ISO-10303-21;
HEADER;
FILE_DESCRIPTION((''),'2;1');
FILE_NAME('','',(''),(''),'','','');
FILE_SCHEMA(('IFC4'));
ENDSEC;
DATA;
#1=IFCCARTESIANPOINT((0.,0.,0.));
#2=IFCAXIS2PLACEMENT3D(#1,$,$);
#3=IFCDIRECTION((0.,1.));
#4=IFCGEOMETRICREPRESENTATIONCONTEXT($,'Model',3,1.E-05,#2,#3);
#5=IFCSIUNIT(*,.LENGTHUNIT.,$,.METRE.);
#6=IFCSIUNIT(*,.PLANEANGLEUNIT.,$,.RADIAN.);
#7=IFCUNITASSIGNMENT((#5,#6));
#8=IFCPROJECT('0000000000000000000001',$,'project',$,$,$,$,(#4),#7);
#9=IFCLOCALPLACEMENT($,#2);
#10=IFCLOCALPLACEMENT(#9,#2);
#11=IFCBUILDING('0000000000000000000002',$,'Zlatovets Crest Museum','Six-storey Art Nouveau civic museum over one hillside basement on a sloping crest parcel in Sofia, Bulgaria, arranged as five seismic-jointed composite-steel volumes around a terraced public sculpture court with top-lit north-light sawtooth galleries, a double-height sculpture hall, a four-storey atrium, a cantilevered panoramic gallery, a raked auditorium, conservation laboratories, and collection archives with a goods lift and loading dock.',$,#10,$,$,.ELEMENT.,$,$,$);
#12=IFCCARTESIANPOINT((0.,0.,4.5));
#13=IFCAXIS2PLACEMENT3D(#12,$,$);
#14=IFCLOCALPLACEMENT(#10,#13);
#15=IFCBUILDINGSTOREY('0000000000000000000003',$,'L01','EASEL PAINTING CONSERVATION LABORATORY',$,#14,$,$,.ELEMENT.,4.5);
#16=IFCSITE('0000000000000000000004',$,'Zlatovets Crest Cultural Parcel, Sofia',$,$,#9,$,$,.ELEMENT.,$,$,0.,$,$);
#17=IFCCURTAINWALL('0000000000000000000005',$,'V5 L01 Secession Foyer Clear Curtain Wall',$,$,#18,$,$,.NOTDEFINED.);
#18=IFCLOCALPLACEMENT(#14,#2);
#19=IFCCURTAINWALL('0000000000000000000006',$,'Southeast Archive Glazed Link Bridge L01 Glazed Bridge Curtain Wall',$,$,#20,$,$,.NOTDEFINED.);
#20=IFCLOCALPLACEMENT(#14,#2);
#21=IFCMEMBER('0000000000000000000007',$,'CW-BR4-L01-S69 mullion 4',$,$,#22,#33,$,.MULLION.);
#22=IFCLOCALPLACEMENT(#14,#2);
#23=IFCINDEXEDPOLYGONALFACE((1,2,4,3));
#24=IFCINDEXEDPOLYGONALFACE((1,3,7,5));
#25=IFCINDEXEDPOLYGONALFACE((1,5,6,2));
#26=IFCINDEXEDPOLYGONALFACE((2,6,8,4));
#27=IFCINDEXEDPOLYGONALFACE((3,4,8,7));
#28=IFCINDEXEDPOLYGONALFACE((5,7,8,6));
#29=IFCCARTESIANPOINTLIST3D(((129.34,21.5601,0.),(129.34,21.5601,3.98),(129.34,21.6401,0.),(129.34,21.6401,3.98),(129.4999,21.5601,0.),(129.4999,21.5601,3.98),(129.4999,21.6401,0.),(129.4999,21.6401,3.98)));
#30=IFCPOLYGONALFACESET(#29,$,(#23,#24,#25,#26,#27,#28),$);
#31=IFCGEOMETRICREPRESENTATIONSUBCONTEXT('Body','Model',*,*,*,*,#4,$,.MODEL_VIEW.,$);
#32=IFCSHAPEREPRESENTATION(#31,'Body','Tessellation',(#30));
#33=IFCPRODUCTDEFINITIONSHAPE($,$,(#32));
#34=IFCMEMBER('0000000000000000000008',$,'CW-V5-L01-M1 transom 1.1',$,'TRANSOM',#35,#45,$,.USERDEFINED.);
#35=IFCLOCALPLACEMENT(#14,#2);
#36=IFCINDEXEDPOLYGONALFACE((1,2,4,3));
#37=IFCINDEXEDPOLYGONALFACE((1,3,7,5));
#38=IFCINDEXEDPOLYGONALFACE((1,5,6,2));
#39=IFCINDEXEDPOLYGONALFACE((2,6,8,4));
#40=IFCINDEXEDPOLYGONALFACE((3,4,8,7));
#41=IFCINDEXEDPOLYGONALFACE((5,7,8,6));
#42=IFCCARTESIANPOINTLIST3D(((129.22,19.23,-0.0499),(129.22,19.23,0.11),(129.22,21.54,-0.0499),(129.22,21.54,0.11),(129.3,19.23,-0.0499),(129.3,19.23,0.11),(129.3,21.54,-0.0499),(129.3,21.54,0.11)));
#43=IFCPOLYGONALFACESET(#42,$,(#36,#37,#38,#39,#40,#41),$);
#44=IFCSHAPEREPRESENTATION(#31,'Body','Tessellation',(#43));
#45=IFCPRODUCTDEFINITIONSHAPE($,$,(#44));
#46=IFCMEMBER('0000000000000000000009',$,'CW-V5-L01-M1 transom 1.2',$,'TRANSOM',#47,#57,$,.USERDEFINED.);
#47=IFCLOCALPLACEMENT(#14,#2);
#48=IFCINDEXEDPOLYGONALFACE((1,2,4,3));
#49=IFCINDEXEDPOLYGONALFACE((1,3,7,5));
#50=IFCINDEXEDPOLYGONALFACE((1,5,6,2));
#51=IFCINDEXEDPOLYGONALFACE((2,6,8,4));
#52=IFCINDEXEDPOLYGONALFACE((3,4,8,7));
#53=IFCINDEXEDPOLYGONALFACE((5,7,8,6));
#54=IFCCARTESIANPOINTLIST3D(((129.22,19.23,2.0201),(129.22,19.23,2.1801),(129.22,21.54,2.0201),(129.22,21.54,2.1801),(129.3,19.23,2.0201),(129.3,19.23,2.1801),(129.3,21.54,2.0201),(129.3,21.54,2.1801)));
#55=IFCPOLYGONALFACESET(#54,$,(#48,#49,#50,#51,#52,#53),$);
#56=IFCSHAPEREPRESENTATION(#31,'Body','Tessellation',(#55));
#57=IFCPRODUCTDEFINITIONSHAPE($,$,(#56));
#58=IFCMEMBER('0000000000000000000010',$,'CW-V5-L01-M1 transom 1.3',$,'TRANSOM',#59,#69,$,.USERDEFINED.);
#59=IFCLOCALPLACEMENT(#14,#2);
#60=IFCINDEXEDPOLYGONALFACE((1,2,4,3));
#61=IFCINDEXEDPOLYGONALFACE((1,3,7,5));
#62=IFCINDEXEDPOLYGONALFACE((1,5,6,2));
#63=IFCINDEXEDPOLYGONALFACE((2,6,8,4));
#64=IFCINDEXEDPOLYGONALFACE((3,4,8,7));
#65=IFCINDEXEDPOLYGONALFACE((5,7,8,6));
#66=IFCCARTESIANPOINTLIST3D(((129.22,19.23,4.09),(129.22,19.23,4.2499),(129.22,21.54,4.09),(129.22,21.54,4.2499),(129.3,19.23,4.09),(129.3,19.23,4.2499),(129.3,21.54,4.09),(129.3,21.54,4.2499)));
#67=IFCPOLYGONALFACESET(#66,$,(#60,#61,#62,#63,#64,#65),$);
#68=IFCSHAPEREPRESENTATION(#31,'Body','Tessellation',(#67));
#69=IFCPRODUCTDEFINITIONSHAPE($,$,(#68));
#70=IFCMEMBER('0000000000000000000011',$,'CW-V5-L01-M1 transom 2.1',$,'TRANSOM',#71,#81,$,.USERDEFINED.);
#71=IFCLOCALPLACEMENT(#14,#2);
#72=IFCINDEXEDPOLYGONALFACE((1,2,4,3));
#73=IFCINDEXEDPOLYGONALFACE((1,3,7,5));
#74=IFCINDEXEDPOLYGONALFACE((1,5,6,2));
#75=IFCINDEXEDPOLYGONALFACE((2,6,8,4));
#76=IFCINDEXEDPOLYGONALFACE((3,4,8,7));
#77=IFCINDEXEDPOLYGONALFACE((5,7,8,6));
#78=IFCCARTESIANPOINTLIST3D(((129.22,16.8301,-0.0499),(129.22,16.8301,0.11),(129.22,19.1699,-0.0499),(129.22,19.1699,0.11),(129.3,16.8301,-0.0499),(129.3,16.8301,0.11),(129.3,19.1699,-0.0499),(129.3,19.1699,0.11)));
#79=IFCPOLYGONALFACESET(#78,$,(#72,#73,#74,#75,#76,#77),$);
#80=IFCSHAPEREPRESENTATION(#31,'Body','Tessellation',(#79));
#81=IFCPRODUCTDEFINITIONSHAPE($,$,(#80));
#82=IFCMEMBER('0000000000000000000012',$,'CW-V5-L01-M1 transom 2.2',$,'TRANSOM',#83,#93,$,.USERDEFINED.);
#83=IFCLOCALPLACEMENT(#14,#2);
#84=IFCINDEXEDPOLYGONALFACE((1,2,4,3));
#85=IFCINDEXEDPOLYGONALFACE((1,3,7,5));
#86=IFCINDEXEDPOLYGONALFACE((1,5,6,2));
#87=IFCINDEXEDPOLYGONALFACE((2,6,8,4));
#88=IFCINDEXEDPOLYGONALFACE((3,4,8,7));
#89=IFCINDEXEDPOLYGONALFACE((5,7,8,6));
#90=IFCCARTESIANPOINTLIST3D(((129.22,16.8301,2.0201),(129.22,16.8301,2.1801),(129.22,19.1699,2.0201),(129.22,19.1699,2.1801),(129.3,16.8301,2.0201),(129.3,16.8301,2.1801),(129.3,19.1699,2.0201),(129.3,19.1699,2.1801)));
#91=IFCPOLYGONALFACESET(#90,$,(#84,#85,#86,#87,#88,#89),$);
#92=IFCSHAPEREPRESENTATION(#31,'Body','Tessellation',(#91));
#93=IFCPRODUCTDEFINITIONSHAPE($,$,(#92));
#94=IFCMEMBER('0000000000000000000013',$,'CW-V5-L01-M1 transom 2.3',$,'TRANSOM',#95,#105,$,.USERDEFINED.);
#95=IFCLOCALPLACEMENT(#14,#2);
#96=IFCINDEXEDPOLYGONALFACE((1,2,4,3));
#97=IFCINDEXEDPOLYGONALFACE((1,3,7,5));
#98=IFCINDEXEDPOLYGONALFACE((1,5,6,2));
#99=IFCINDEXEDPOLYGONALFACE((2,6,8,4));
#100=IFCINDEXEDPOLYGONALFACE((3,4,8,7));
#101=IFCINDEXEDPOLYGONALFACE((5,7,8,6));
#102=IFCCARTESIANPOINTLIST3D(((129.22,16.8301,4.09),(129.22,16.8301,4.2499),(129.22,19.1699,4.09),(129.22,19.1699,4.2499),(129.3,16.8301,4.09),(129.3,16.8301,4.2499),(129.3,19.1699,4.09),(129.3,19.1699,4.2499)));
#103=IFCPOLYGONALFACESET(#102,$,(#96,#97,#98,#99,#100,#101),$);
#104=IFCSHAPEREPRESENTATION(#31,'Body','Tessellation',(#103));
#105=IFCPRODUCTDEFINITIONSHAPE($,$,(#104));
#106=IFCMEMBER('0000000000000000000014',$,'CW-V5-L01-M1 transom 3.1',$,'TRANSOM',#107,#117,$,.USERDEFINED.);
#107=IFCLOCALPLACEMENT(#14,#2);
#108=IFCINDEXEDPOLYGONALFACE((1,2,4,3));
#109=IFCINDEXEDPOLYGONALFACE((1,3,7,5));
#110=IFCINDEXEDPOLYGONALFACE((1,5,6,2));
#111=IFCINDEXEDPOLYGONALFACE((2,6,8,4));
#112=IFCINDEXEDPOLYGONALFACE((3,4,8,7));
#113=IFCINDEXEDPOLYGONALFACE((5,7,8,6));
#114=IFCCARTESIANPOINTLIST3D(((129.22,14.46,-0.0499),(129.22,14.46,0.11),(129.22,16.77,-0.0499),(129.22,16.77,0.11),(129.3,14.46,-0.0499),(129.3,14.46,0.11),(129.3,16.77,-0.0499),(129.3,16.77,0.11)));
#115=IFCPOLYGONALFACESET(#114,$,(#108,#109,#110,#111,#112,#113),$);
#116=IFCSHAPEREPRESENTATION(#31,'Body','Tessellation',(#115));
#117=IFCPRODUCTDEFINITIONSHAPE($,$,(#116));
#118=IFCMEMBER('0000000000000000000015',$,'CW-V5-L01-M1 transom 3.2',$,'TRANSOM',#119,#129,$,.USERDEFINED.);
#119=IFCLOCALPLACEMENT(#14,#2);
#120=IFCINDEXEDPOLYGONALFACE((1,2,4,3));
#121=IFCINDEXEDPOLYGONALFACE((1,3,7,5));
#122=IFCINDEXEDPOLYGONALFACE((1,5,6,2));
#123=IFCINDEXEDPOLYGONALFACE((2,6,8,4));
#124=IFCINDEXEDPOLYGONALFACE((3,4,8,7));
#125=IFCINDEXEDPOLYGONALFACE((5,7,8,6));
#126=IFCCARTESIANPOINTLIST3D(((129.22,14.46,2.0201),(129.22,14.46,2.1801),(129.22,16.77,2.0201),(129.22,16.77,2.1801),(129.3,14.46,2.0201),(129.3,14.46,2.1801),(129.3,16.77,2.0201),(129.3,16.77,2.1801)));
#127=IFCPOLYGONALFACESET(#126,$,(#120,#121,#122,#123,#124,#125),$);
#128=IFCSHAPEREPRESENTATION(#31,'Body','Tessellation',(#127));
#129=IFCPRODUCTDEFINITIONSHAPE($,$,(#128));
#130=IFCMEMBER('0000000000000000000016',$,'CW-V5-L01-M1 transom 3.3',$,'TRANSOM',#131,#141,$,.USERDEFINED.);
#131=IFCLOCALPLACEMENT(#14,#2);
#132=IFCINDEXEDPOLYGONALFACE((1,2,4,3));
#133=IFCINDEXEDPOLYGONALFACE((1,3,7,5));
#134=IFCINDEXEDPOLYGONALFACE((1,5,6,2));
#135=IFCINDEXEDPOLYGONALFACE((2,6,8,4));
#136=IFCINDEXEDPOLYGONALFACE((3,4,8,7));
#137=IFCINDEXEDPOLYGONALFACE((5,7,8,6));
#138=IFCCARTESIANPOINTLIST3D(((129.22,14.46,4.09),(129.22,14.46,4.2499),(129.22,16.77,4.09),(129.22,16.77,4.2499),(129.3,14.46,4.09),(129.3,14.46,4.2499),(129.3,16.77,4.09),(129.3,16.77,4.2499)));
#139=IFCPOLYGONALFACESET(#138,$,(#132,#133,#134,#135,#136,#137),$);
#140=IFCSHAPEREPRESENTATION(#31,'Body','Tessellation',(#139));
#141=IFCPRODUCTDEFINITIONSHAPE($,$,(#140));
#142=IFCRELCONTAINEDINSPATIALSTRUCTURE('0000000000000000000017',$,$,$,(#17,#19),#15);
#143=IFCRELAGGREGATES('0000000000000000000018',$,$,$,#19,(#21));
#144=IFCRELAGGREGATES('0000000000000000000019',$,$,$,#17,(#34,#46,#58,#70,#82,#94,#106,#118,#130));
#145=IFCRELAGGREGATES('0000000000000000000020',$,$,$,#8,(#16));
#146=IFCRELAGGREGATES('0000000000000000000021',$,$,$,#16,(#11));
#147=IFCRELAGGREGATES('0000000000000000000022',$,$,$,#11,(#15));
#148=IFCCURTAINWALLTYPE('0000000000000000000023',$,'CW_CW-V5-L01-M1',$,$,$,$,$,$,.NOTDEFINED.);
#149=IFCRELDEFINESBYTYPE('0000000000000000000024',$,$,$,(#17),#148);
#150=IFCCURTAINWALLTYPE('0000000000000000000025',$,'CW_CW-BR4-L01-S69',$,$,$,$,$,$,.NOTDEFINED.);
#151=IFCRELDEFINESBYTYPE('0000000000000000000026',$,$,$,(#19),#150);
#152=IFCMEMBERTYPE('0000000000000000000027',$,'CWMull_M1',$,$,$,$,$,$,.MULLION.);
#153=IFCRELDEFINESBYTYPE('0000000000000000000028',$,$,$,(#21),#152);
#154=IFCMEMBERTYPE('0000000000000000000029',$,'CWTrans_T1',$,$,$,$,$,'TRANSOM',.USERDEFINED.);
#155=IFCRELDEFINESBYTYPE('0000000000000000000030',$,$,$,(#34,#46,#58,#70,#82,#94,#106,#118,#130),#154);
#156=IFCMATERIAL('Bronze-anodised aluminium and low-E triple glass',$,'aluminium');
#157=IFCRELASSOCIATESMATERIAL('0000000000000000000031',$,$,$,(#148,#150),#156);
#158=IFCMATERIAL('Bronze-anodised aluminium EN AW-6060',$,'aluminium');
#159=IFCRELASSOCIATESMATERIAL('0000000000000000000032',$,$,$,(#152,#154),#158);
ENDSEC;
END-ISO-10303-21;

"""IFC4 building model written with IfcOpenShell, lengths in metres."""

from ifc_helpers import new_model, si_unit, direction, frame, origin, origin_2d, place, context, subcontext, project, spatial, rectangle, extrude, material, material_profile, profile_set, type_object, element, aggregate, save


model = new_model("IFC4")

# Units and contexts
model_context = context("Model", 3, precision=1e-05, world=origin(), true_north=direction((0.0, 1.0)))
body_context = subcontext(model_context, "Body", "Model", "MODEL_VIEW")
ifc_project = project(units=[si_unit("LENGTHUNIT", "METRE"), si_unit("PLANEANGLEUNIT", "RADIAN")], contexts=[model_context])

# Site, building, storey
site_placement = place(None, origin())
site = spatial("IfcSite", under=ifc_project, at=site_placement, Name="Zlatovets Crest Cultural Parcel, Sofia", CompositionType="ELEMENT", RefElevation=0.0)
building_placement = place(site_placement, origin())
building = spatial("IfcBuilding", under=site, at=building_placement, Name="Zlatovets Crest Museum", Description="Six-storey Art Nouveau civic museum over one hillside basement on a sloping crest parcel in Sofia, Bulgaria, arranged as five seismic-jointed composite-steel volumes around a terraced public sculpture court with top-lit north-light sawtooth galleries, a double-height sculpture hall, a four-storey atrium, a cantilevered panoramic gallery, a raked auditorium, conservation laboratories, and collection archives with a goods lift and loading dock.", CompositionType="ELEMENT")
storey_placement = place(building_placement, frame((0.0, 0.0, 4.5)))
storey = spatial("IfcBuildingStorey", under=building, at=storey_placement, Name="L01", Description="EASEL PAINTING CONSERVATION LABORATORY", CompositionType="ELEMENT", Elevation=4.5)

# Curtain wall
ifc_material_1 = material(Name="Bronze-anodised aluminium and low-E triple glass", Category="aluminium")
curtain_wall_type_1 = type_object("IfcCurtainWallType", Name="CW_CW-V5-L01-M1", PredefinedType="NOTDEFINED", material=ifc_material_1)
curtain_wall_1_placement = place(storey_placement, origin())
curtain_wall_1 = element("IfcCurtainWall", 1, at=curtain_wall_1_placement, inside=storey, type_object=curtain_wall_type_1, Name="V5 L01 Secession Foyer Clear Curtain Wall", PredefinedType="NOTDEFINED")
ifc_material_2 = material(Name="Bronze-anodised aluminium EN AW-6060", Category="aluminium")
ifc_material_profile_1 = material_profile(ifc_material_2, rectangle(XDim=0.0801, YDim=0.1599, at=origin_2d()), Name="ALU 80x160")
ifc_profile_set_1 = profile_set([ifc_material_profile_1], Name="Bronze-anodised aluminium EN AW-6060")
member_type_1 = type_object("IfcMemberType", Name="CWMull_M1", PredefinedType="MULLION", material=ifc_profile_set_1)

# Curtain wall, member
curtain_wall_type_2 = type_object("IfcCurtainWallType", Name="CW_CW-BR4-L01-S69", PredefinedType="NOTDEFINED", material=ifc_material_1)
curtain_wall_2_placement = place(storey_placement, origin())
curtain_wall_2 = element("IfcCurtainWall", 2, at=curtain_wall_2_placement, inside=storey, type_object=curtain_wall_type_2, Name="Southeast Archive Glazed Link Bridge L01 Glazed Bridge Curtain Wall", PredefinedType="NOTDEFINED")
member_1_placement = place(storey_placement, frame((129.4199, 21.6001, 0.0), z_axis=(0.0, 0.0, 1.0), x_axis=(0.0, 1.0, 0.0)))
member_1 = element("IfcMember", 3, at=member_1_placement, type_object=member_type_1, Name="CW-BR4-L01-S69 mullion 4", PredefinedType="MULLION", context=body_context, shape_type="SweptSolid", body=[
    extrude(rectangle(XDim=0.0801, YDim=0.1599, at=origin_2d()), origin(), (0.0, 0.0, 1.0), 3.98),
])
aggregate(curtain_wall_2, [member_1])

# Members
ifc_material_profile_2 = material_profile(ifc_material_2, rectangle(XDim=0.0801, YDim=0.1599, at=origin_2d()), Name="ALU 80x160")
ifc_profile_set_2 = profile_set([ifc_material_profile_2], Name="Bronze-anodised aluminium EN AW-6060")
member_type_2 = type_object("IfcMemberType", Name="CWTrans_T1", ElementType="TRANSOM", PredefinedType="USERDEFINED", material=ifc_profile_set_2)
member_2_placement = place(storey_placement, frame((129.26, 21.54, 0.03), z_axis=(0.0, -1.0, 0.0), x_axis=(1.0, 0.0, 0.0)))
member_2 = element("IfcMember", 4, at=member_2_placement, type_object=member_type_2, Name="CW-V5-L01-M1 transom 1.1", ObjectType="TRANSOM", PredefinedType="USERDEFINED", context=body_context, shape_type="SweptSolid", body=[
    extrude(rectangle(XDim=0.0801, YDim=0.1599, at=origin_2d()), origin(), (0.0, 0.0, 1.0), 2.3101),
])
member_3_placement = place(storey_placement, frame((129.26, 21.54, 2.1001), z_axis=(0.0, -1.0, 0.0), x_axis=(1.0, 0.0, 0.0)))
member_3 = element("IfcMember", 5, at=member_3_placement, type_object=member_type_2, Name="CW-V5-L01-M1 transom 1.2", ObjectType="TRANSOM", PredefinedType="USERDEFINED", context=body_context, shape_type="SweptSolid", body=[
    extrude(rectangle(XDim=0.0801, YDim=0.1599, at=origin_2d()), origin(), (0.0, 0.0, 1.0), 2.3101),
])
member_4_placement = place(storey_placement, frame((129.26, 21.54, 4.1699), z_axis=(0.0, -1.0, 0.0), x_axis=(1.0, 0.0, 0.0)))
member_4 = element("IfcMember", 6, at=member_4_placement, type_object=member_type_2, Name="CW-V5-L01-M1 transom 1.3", ObjectType="TRANSOM", PredefinedType="USERDEFINED", context=body_context, shape_type="SweptSolid", body=[
    extrude(rectangle(XDim=0.0801, YDim=0.1599, at=origin_2d()), origin(), (0.0, 0.0, 1.0), 2.3101),
])
member_5_placement = place(storey_placement, frame((129.26, 19.1699, 0.03), z_axis=(0.0, -1.0, 0.0), x_axis=(1.0, 0.0, 0.0)))
member_5 = element("IfcMember", 7, at=member_5_placement, type_object=member_type_2, Name="CW-V5-L01-M1 transom 2.1", ObjectType="TRANSOM", PredefinedType="USERDEFINED", context=body_context, shape_type="SweptSolid", body=[
    extrude(rectangle(XDim=0.0801, YDim=0.1599, at=origin_2d()), origin(), (0.0, 0.0, 1.0), 2.3398),
])
member_6_placement = place(storey_placement, frame((129.26, 19.1699, 2.1001), z_axis=(0.0, -1.0, 0.0), x_axis=(1.0, 0.0, 0.0)))
member_6 = element("IfcMember", 8, at=member_6_placement, type_object=member_type_2, Name="CW-V5-L01-M1 transom 2.2", ObjectType="TRANSOM", PredefinedType="USERDEFINED", context=body_context, shape_type="SweptSolid", body=[
    extrude(rectangle(XDim=0.0801, YDim=0.1599, at=origin_2d()), origin(), (0.0, 0.0, 1.0), 2.3398),
])
member_7_placement = place(storey_placement, frame((129.26, 19.1699, 4.1699), z_axis=(0.0, -1.0, 0.0), x_axis=(1.0, 0.0, 0.0)))
member_7 = element("IfcMember", 9, at=member_7_placement, type_object=member_type_2, Name="CW-V5-L01-M1 transom 2.3", ObjectType="TRANSOM", PredefinedType="USERDEFINED", context=body_context, shape_type="SweptSolid", body=[
    extrude(rectangle(XDim=0.0801, YDim=0.1599, at=origin_2d()), origin(), (0.0, 0.0, 1.0), 2.3398),
])
member_8_placement = place(storey_placement, frame((129.26, 16.77, 0.03), z_axis=(0.0, -1.0, 0.0), x_axis=(1.0, 0.0, 0.0)))
member_8 = element("IfcMember", 10, at=member_8_placement, type_object=member_type_2, Name="CW-V5-L01-M1 transom 3.1", ObjectType="TRANSOM", PredefinedType="USERDEFINED", context=body_context, shape_type="SweptSolid", body=[
    extrude(rectangle(XDim=0.0801, YDim=0.1599, at=origin_2d()), origin(), (0.0, 0.0, 1.0), 2.3101),
])
member_9_placement = place(storey_placement, frame((129.26, 16.77, 2.1001), z_axis=(0.0, -1.0, 0.0), x_axis=(1.0, 0.0, 0.0)))
member_9 = element("IfcMember", 11, at=member_9_placement, type_object=member_type_2, Name="CW-V5-L01-M1 transom 3.2", ObjectType="TRANSOM", PredefinedType="USERDEFINED", context=body_context, shape_type="SweptSolid", body=[
    extrude(rectangle(XDim=0.0801, YDim=0.1599, at=origin_2d()), origin(), (0.0, 0.0, 1.0), 2.3101),
])
member_10_placement = place(storey_placement, frame((129.26, 16.77, 4.1699), z_axis=(0.0, -1.0, 0.0), x_axis=(1.0, 0.0, 0.0)))
member_10 = element("IfcMember", 12, at=member_10_placement, type_object=member_type_2, Name="CW-V5-L01-M1 transom 3.3", ObjectType="TRANSOM", PredefinedType="USERDEFINED", context=body_context, shape_type="SweptSolid", body=[
    extrude(rectangle(XDim=0.0801, YDim=0.1599, at=origin_2d()), origin(), (0.0, 0.0, 1.0), 2.3101),
])

aggregate(curtain_wall_1, [member_2, member_3, member_4, member_5, member_6, member_7, member_8, member_9, member_10])

save(model, "model.ifc")
